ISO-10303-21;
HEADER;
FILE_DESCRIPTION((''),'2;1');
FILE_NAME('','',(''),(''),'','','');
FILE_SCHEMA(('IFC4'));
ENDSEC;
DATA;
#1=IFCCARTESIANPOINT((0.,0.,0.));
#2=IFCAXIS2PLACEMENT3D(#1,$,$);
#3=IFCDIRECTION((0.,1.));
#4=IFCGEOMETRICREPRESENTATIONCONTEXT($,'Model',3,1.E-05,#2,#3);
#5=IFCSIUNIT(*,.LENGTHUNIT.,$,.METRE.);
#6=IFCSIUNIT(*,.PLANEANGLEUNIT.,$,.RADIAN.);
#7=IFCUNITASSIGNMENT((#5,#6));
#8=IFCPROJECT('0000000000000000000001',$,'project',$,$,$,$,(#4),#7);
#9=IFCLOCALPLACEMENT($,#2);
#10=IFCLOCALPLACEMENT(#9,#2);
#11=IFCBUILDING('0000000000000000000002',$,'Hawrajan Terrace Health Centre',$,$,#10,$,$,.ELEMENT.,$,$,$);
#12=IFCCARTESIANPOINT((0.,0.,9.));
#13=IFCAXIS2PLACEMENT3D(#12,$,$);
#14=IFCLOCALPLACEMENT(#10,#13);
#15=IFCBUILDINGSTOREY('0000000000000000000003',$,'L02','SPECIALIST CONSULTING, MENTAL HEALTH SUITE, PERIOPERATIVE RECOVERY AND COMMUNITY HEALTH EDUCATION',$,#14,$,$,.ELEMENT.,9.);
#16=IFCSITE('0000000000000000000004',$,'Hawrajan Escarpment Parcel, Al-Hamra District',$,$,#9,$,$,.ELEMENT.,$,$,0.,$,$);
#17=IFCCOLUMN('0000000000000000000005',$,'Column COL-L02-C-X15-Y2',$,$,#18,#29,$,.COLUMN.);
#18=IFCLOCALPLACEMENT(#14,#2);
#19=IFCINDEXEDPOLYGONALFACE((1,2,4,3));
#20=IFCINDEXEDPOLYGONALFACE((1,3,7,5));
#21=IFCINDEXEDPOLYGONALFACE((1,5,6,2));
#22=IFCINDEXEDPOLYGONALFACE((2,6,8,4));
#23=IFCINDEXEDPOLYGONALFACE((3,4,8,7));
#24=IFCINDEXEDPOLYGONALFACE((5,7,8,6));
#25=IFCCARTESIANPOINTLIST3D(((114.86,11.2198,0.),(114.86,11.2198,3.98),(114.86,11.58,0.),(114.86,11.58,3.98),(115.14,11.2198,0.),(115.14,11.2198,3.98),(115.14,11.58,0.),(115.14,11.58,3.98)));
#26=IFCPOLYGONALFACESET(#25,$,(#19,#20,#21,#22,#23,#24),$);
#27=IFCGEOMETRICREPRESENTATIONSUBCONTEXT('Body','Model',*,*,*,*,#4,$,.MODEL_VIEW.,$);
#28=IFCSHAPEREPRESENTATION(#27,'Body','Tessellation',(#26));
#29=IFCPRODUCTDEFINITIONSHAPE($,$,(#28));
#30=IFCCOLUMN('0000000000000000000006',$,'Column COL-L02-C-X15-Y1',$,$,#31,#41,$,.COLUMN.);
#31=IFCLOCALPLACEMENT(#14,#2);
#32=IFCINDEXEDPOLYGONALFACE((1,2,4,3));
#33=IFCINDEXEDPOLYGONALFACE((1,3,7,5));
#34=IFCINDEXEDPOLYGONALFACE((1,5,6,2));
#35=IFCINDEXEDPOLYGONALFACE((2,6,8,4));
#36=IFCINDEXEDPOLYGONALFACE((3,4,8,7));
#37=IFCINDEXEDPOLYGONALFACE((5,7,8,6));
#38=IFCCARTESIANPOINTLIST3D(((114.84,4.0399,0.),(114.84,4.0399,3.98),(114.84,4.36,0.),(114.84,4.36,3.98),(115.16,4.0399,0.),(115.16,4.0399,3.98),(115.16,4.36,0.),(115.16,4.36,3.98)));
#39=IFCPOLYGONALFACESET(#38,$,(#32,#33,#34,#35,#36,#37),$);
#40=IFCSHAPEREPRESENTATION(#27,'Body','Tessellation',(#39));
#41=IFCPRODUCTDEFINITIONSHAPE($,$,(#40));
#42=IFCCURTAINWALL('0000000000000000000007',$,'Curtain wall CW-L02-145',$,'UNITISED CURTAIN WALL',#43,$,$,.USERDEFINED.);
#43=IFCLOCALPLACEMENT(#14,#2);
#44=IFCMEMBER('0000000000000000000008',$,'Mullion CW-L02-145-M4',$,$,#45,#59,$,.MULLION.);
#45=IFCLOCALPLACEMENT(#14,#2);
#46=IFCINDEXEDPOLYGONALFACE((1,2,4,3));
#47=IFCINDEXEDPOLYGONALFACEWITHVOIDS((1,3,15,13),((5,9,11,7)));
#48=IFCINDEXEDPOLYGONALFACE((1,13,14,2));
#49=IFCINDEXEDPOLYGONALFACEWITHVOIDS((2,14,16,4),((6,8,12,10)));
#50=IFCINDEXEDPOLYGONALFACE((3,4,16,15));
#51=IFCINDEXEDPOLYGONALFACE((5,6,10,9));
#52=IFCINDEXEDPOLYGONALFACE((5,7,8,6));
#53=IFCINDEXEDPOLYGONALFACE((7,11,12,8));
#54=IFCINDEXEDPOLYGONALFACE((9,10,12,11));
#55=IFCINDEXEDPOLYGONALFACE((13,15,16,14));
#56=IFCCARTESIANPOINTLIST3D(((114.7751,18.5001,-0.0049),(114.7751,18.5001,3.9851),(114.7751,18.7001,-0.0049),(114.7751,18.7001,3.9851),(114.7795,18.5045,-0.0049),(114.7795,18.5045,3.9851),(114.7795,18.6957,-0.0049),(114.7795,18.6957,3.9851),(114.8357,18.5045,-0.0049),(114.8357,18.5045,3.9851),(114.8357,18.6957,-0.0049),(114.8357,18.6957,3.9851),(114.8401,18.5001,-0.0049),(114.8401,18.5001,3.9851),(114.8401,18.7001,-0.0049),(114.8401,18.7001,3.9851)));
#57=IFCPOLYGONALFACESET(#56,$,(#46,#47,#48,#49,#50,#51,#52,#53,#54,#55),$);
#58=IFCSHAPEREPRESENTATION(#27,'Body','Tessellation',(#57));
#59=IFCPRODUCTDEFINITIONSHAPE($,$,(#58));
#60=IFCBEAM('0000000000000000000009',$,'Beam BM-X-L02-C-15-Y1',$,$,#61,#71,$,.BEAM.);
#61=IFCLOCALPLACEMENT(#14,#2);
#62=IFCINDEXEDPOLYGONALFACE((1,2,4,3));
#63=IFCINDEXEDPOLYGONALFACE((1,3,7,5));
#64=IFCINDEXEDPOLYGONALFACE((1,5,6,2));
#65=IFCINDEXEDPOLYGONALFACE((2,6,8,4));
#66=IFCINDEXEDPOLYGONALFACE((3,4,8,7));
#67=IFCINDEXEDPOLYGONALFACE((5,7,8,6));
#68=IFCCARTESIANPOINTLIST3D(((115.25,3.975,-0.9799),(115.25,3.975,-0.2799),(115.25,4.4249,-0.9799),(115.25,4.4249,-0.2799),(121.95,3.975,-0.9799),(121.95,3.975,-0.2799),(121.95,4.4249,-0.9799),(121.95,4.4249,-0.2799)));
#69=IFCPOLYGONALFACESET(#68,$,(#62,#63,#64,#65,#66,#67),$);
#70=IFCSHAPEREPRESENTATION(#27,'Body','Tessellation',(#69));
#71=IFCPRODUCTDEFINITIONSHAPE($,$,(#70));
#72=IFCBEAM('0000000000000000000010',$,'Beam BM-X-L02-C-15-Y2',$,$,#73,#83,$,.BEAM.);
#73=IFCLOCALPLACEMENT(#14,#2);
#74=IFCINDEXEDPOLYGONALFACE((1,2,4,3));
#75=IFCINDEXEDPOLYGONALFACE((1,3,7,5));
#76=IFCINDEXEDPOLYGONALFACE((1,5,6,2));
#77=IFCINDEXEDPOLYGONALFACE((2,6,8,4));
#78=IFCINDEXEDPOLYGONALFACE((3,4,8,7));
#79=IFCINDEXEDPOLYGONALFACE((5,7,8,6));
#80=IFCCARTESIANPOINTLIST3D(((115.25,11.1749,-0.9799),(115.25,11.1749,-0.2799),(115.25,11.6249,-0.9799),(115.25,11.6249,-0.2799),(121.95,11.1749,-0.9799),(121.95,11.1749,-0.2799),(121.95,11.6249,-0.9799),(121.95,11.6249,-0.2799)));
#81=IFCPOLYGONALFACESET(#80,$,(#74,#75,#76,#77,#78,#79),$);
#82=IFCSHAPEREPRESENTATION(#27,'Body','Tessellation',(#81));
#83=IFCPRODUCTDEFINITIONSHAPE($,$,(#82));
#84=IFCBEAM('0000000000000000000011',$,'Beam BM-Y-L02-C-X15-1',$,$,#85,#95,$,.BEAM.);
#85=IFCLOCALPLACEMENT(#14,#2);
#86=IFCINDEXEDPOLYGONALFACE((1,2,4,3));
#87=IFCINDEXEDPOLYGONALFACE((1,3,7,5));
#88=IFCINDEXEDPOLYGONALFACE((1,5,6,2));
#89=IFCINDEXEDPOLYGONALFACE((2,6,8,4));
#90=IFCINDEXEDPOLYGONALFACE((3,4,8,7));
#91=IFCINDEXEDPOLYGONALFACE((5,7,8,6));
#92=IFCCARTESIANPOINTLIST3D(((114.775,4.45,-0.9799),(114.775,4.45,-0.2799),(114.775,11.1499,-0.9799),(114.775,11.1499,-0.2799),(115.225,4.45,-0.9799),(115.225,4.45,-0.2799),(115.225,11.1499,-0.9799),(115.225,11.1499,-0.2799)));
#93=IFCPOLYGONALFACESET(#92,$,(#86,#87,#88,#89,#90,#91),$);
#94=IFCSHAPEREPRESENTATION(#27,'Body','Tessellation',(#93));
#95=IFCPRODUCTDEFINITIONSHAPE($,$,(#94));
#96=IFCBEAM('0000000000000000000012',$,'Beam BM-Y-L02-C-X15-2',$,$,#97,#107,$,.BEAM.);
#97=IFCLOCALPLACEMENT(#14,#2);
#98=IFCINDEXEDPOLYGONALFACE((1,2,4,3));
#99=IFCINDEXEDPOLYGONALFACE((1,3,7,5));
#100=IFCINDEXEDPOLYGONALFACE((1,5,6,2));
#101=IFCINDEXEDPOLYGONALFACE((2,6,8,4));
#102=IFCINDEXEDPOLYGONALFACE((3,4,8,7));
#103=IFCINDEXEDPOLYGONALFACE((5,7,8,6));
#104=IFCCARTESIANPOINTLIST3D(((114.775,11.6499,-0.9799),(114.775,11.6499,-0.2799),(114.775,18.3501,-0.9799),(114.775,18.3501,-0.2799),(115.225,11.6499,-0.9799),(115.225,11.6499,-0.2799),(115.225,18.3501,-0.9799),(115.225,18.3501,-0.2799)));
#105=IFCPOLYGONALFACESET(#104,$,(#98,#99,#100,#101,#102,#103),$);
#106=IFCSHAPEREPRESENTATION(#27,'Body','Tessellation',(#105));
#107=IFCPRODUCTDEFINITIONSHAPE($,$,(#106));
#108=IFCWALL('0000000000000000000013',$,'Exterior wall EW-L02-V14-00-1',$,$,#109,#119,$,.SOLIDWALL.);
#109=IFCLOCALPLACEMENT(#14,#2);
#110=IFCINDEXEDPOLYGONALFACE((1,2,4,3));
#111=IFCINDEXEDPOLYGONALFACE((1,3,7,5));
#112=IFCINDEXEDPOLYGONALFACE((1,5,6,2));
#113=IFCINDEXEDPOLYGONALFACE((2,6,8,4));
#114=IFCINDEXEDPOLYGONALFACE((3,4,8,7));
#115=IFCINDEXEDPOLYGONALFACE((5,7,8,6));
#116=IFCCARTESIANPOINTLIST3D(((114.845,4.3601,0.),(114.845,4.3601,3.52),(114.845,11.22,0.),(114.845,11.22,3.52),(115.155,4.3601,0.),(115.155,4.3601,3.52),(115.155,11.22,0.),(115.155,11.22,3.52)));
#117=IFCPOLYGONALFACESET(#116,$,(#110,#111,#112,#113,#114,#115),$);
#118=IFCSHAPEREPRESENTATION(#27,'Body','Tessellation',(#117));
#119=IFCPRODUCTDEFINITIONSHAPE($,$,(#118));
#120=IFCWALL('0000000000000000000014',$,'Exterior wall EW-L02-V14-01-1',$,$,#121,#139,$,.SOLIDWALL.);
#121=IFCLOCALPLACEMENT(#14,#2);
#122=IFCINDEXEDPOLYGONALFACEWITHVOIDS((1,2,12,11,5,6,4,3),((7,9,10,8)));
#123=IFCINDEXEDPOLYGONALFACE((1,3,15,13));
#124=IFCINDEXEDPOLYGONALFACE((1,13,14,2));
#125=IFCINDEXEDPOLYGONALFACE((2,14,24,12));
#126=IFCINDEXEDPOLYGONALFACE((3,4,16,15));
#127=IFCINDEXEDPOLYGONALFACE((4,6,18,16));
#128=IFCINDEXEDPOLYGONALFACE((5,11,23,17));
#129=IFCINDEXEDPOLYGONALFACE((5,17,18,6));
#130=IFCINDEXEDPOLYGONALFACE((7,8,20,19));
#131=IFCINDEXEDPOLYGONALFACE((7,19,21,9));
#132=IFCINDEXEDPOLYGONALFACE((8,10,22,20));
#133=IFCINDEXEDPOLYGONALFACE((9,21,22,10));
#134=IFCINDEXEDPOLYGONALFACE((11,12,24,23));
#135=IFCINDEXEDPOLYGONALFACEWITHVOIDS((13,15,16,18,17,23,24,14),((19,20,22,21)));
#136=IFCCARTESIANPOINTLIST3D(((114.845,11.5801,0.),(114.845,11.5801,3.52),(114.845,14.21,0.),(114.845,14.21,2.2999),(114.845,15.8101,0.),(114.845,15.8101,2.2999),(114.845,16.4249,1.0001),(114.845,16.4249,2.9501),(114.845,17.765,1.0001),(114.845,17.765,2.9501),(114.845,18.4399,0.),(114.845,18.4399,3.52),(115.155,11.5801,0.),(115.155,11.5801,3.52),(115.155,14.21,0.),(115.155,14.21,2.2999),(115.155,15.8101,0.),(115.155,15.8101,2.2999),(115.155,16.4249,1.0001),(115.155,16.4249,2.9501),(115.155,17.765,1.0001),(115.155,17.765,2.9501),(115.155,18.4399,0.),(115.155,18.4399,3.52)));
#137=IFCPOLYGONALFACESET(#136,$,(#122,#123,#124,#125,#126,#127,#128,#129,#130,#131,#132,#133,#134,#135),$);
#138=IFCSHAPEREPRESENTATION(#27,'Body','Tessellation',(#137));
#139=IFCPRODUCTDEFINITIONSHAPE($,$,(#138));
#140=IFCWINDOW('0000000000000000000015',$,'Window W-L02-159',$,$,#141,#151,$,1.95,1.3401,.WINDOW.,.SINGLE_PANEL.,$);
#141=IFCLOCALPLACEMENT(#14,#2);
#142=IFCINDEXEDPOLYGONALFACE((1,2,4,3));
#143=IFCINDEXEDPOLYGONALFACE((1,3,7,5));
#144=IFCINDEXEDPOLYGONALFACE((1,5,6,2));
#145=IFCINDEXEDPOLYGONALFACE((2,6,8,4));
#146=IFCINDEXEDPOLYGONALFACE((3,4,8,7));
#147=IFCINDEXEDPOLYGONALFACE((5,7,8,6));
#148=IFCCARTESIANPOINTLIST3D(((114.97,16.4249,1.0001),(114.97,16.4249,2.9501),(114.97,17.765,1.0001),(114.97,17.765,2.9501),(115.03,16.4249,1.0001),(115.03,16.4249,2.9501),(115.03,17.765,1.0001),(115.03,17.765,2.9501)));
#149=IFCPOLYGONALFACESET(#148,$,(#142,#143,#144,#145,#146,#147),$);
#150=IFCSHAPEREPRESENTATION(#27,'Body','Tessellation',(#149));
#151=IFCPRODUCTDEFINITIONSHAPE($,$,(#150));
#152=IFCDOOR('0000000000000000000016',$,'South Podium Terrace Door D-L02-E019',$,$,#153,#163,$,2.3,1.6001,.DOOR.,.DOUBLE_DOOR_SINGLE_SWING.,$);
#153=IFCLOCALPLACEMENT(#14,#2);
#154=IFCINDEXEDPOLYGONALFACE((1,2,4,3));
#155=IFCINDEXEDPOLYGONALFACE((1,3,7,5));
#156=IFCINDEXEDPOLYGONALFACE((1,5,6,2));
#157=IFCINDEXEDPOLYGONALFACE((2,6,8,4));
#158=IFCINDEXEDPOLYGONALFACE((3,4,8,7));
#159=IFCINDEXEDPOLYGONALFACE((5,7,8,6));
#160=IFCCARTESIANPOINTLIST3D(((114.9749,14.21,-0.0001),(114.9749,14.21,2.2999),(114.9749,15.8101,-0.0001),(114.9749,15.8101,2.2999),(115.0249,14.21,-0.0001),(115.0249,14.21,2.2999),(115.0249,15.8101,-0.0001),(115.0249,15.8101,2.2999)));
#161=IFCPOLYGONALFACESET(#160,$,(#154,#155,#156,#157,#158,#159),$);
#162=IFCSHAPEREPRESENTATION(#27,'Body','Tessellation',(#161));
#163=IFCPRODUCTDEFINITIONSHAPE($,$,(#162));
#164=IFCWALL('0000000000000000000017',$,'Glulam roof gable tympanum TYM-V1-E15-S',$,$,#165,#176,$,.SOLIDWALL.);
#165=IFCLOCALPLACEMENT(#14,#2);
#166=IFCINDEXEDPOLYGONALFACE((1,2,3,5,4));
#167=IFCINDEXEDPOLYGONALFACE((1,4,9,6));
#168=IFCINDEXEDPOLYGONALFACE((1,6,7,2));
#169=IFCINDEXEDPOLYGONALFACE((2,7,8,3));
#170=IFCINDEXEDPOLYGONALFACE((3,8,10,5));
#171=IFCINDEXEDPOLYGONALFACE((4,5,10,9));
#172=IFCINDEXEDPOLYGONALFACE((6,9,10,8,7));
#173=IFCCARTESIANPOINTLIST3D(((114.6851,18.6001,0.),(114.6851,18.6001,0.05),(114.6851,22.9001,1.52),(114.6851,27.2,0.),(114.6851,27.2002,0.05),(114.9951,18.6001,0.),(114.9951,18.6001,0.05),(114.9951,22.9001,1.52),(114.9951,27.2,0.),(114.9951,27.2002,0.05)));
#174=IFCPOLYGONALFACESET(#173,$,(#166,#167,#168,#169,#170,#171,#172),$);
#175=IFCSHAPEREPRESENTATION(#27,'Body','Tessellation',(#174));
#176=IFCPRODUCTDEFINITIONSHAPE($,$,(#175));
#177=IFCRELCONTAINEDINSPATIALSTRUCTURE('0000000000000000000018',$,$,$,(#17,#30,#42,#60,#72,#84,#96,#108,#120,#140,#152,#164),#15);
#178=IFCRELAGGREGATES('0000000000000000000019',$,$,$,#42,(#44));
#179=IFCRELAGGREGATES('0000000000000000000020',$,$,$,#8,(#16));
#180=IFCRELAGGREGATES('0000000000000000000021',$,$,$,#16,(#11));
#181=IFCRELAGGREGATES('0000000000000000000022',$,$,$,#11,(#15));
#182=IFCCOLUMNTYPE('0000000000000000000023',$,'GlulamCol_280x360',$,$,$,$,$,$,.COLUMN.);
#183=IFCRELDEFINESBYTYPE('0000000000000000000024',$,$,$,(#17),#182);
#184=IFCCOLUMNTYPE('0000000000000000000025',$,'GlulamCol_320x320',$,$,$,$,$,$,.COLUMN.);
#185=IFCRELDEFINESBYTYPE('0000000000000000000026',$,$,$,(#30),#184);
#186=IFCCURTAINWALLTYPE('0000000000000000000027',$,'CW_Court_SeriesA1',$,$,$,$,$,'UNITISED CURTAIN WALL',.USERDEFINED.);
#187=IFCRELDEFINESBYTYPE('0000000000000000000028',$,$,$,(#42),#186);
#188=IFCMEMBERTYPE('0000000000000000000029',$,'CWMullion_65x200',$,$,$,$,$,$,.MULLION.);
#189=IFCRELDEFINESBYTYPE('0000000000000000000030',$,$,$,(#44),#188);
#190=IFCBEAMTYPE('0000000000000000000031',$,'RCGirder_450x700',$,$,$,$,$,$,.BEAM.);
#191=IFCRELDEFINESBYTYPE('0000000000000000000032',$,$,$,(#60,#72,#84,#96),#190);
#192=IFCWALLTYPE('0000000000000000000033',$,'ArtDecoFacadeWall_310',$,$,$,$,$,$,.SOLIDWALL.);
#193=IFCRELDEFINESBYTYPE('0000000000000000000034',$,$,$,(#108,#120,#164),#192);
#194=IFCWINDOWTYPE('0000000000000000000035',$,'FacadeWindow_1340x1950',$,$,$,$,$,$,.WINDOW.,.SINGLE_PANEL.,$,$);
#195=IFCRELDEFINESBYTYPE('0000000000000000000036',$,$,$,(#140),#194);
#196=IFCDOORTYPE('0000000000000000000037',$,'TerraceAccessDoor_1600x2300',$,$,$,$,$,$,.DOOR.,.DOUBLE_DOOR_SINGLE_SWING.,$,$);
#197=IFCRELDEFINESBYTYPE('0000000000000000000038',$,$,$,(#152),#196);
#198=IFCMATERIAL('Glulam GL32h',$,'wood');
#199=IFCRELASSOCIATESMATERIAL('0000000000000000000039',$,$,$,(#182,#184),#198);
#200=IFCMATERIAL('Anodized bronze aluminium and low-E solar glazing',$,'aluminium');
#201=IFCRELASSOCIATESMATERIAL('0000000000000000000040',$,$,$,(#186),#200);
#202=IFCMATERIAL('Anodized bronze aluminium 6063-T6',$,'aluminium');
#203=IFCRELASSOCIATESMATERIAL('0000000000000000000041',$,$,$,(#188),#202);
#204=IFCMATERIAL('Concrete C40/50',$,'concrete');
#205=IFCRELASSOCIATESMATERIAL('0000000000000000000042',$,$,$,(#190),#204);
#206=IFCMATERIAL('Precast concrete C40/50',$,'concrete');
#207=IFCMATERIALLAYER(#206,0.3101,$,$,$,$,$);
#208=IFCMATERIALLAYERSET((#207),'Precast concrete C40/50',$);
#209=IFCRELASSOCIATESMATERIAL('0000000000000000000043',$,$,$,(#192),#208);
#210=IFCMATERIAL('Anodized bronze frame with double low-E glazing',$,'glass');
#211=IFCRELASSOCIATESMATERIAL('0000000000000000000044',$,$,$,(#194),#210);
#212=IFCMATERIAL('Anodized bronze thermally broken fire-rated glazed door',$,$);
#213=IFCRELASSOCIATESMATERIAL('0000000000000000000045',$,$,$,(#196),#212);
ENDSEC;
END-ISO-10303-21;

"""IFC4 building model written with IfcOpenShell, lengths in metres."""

from ifc_helpers import new_model, si_unit, direction, frame, frame_2d, origin, origin_2d, place, context, subcontext, project, spatial, polyline, rectangle, hollow_rectangle, outline, extrude, material, layer, layer_set, material_profile, profile_set, type_object, element, fill, aggregate, save


model = new_model("IFC4")

# Units and contexts
model_context = context("Model", 3, precision=1e-05, world=origin(), true_north=direction((0.0, 1.0)))
body_context = subcontext(model_context, "Body", "Model", "MODEL_VIEW")
ifc_project = project(units=[si_unit("LENGTHUNIT", "METRE"), si_unit("PLANEANGLEUNIT", "RADIAN")], contexts=[model_context])

# Site, building, storey
site_placement = place(None, origin())
site = spatial("IfcSite", under=ifc_project, at=site_placement, Name="Hawrajan Escarpment Parcel, Al-Hamra District", CompositionType="ELEMENT", RefElevation=0.0)
building_placement = place(site_placement, origin())
building = spatial("IfcBuilding", under=site, at=building_placement, Name="Hawrajan Terrace Health Centre", CompositionType="ELEMENT")
storey_placement = place(building_placement, frame((0.0, 0.0, 9.0)))
storey = spatial("IfcBuildingStorey", under=building, at=storey_placement, Name="L02", Description="SPECIALIST CONSULTING, MENTAL HEALTH SUITE, PERIOPERATIVE RECOVERY AND COMMUNITY HEALTH EDUCATION", CompositionType="ELEMENT", Elevation=9.0)

# Columns
ifc_material_1 = material(Name="Glulam GL32h", Category="wood")
ifc_material_profile_1 = material_profile(ifc_material_1, rectangle(XDim=0.28, YDim=0.3601, at=origin_2d()), Name="GL 280x360")
ifc_profile_set_1 = profile_set([ifc_material_profile_1], Name="Glulam GL32h")
column_type_1 = type_object("IfcColumnType", Name="GlulamCol_280x360", PredefinedType="COLUMN", material=ifc_profile_set_1)
column_1_placement = place(storey_placement, frame((115.0, 11.3999, 0.0), z_axis=(0.0, 0.0, 1.0), x_axis=(1.0, 0.0, 0.0)))
element("IfcColumn", 1, at=column_1_placement, inside=storey, type_object=column_type_1, Name="Column COL-L02-C-X15-Y2", PredefinedType="COLUMN", context=body_context, shape_type="SweptSolid", body=[
    extrude(rectangle(XDim=0.28, YDim=0.3601, at=origin_2d()), origin(), (0.0, 0.0, 1.0), 3.98),
])
ifc_material_profile_2 = material_profile(ifc_material_1, rectangle(XDim=0.3201, YDim=0.3201, at=origin_2d()), Name="GL 320x320")
ifc_profile_set_2 = profile_set([ifc_material_profile_2], Name="Glulam GL32h")
column_type_2 = type_object("IfcColumnType", Name="GlulamCol_320x320", PredefinedType="COLUMN", material=ifc_profile_set_2)
column_2_placement = place(storey_placement, frame((115.0, 4.2, 0.0), z_axis=(0.0, 0.0, 1.0), x_axis=(1.0, 0.0, 0.0)))
element("IfcColumn", 2, at=column_2_placement, inside=storey, type_object=column_type_2, Name="Column COL-L02-C-X15-Y1", PredefinedType="COLUMN", context=body_context, shape_type="SweptSolid", body=[
    extrude(rectangle(XDim=0.3201, YDim=0.3201, at=origin_2d()), origin(), (0.0, 0.0, 1.0), 3.98),
])

# Curtain wall, member
ifc_material_2 = material(Name="Anodized bronze aluminium and low-E solar glazing", Category="aluminium")
curtain_wall_type = type_object("IfcCurtainWallType", Name="CW_Court_SeriesA1", ElementType="UNITISED CURTAIN WALL", PredefinedType="USERDEFINED", material=ifc_material_2)
curtain_wall_placement = place(storey_placement, origin())
curtain_wall = element("IfcCurtainWall", 3, at=curtain_wall_placement, inside=storey, type_object=curtain_wall_type, Name="Curtain wall CW-L02-145", ObjectType="UNITISED CURTAIN WALL", PredefinedType="USERDEFINED")
ifc_material_3 = material(Name="Anodized bronze aluminium 6063-T6", Category="aluminium")
ifc_material_profile_3 = material_profile(ifc_material_3, hollow_rectangle(XDim=0.0649, YDim=0.2, WallThickness=0.0044, at=origin_2d()), Name="CW MUL 65x200")
ifc_profile_set_3 = profile_set([ifc_material_profile_3], Name="Anodized bronze aluminium 6063-T6")
member_type = type_object("IfcMemberType", Name="CWMullion_65x200", PredefinedType="MULLION", material=ifc_profile_set_3)
member_placement = place(storey_placement, frame((114.8076, 18.6001, -0.0049), z_axis=(0.0, 0.0, 1.0), x_axis=(1.0, 0.0, 0.0)))
member = element("IfcMember", 4, at=member_placement, type_object=member_type, Name="Mullion CW-L02-145-M4", PredefinedType="MULLION", context=body_context, shape_type="SweptSolid", body=[
    extrude(hollow_rectangle(XDim=0.0649, YDim=0.2, WallThickness=0.0044, at=origin_2d()), origin(), (0.0, 0.0, 1.0), 3.99),
])
aggregate(curtain_wall, [member])

# Beams
ifc_material_4 = material(Name="Concrete C40/50", Category="concrete")
ifc_material_profile_4 = material_profile(ifc_material_4, rectangle(XDim=0.45, YDim=0.7, at=origin_2d()), Name="RC BM 450x700")
ifc_profile_set_4 = profile_set([ifc_material_profile_4], Name="Concrete C40/50")
beam_type = type_object("IfcBeamType", Name="RCGirder_450x700", PredefinedType="BEAM", material=ifc_profile_set_4)
for number, where, z_axis, x_axis, name in (
    (5, (115.25, 4.2, -0.6299), (1.0, 0.0, 0.0), (0.0, 1.0, 0.0), "Beam BM-X-L02-C-15-Y1"),
    (6, (115.25, 11.3999, -0.6299), (1.0, 0.0, 0.0), (0.0, 1.0, 0.0), "Beam BM-X-L02-C-15-Y2"),
    (7, (115.0, 4.45, -0.6299), (0.0, 1.0, 0.0), (-1.0, 0.0, 0.0), "Beam BM-Y-L02-C-X15-1"),
):
    element("IfcBeam", number, at=place(storey_placement, frame(where, z_axis=z_axis, x_axis=x_axis)), inside=storey, type_object=beam_type, Name=name, PredefinedType="BEAM", context=body_context, shape_type="SweptSolid", body=[
        extrude(rectangle(XDim=0.45, YDim=0.7, at=origin_2d()), origin(), (0.0, 0.0, 1.0), 6.7),
    ])
beam_placement = place(storey_placement, frame((115.0, 11.6499, -0.6299), z_axis=(0.0, 1.0, 0.0), x_axis=(-1.0, 0.0, 0.0)))
element("IfcBeam", 8, at=beam_placement, inside=storey, type_object=beam_type, Name="Beam BM-Y-L02-C-X15-2", PredefinedType="BEAM", context=body_context, shape_type="SweptSolid", body=[
    extrude(rectangle(XDim=0.45, YDim=0.7, at=origin_2d()), origin(), (0.0, 0.0, 1.0), 6.7002),
])

# Wall
ifc_material_5 = material(Name="Precast concrete C40/50", Category="concrete")
ifc_layer_1 = layer(ifc_material_5, 0.3101)
ifc_layer_set_1 = layer_set([ifc_layer_1], Name="Precast concrete C40/50")
wall_type_1 = type_object("IfcWallType", Name="ArtDecoFacadeWall_310", PredefinedType="SOLIDWALL", material=ifc_layer_set_1)
wall_1_placement = place(storey_placement, frame((115.0, 4.3601, 0.0), z_axis=(0.0, 0.0, 1.0), x_axis=(0.0, 1.0, 0.0)))
element("IfcWall", 9, at=wall_1_placement, inside=storey, type_object=wall_type_1, Name="Exterior wall EW-L02-V14-00-1", PredefinedType="SOLIDWALL", context=body_context, shape_type="SweptSolid", body=[
    extrude(rectangle(XDim=6.8599, YDim=0.3101, at=frame_2d((3.4299, 0.0))), origin(), (0.0, 0.0, 1.0), 3.52),
])

# Wall, openings, window, door
wall_2_placement = place(storey_placement, frame((115.0, 11.5801, 0.0), z_axis=(0.0, 0.0, 1.0), x_axis=(0.0, 1.0, 0.0)))
wall_2 = element("IfcWall", 10, at=wall_2_placement, inside=storey, type_object=wall_type_1, Name="Exterior wall EW-L02-V14-01-1", PredefinedType="SOLIDWALL", context=body_context, shape_type="SweptSolid", body=[
    extrude(rectangle(XDim=6.8599, YDim=0.3101, at=frame_2d((3.4299, 0.0))), origin(), (0.0, 0.0, 1.0), 3.52),
])
opening_1_placement = place(wall_2_placement, frame((2.6299, 0.0, 0.0)))
opening_1 = element("IfcOpeningElement", 11, at=opening_1_placement, cuts=wall_2, PredefinedType="OPENING", context=body_context, shape_type="SweptSolid", body=[
    extrude(rectangle(XDim=1.6001, YDim=2.3, at=frame_2d((0.8, 1.1499))), frame((0.0, 0.165, 0.0), z_axis=(0.0, -1.0, 0.0), x_axis=(1.0, 0.0, 0.0)), (0.0, 0.0, 1.0), 0.3301),
])
opening_2_placement = place(wall_2_placement, frame((4.845, 0.0, 1.0)))
opening_2 = element("IfcOpeningElement", 12, at=opening_2_placement, cuts=wall_2, PredefinedType="OPENING", context=body_context, shape_type="SweptSolid", body=[
    extrude(rectangle(XDim=1.3401, YDim=1.95, at=frame_2d((0.6699, 0.9751))), frame((0.0, 0.165, 0.0), z_axis=(0.0, -1.0, 0.0), x_axis=(1.0, 0.0, 0.0)), (0.0, 0.0, 1.0), 0.3301),
])
ifc_material_6 = material(Name="Anodized bronze frame with double low-E glazing", Category="glass")
window_type = type_object("IfcWindowType", Name="FacadeWindow_1340x1950", PartitioningType="SINGLE_PANEL", PredefinedType="WINDOW", material=ifc_material_6)
window_placement = place(opening_2_placement, origin())
window = element("IfcWindow", 13, at=window_placement, inside=storey, type_object=window_type, Name="Window W-L02-159", OverallHeight=1.95, OverallWidth=1.3401, PartitioningType="SINGLE_PANEL", PredefinedType="WINDOW", context=body_context, shape_type="SweptSolid", body=[
    extrude(rectangle(XDim=1.3401, YDim=1.95, at=frame_2d((0.6699, 0.9751))), frame((0.0, 0.03, 0.0), z_axis=(0.0, -1.0, 0.0), x_axis=(1.0, 0.0, 0.0)), (0.0, 0.0, 1.0), 0.0601),
])
fill(opening_2, window)
ifc_material_7 = material(Name="Anodized bronze thermally broken fire-rated glazed door")
door_type = type_object("IfcDoorType", Name="TerraceAccessDoor_1600x2300", OperationType="DOUBLE_DOOR_SINGLE_SWING", PredefinedType="DOOR", material=ifc_material_7)
door_placement = place(opening_1_placement, frame((1.6001, 0.0, 0.0), z_axis=(0.0, 0.0, 1.0), x_axis=(-1.0, 0.0, 0.0)))
door = element("IfcDoor", 14, at=door_placement, inside=storey, type_object=door_type, Name="South Podium Terrace Door D-L02-E019", OperationType="DOUBLE_DOOR_SINGLE_SWING", OverallHeight=2.3, OverallWidth=1.6001, PredefinedType="DOOR", context=body_context, shape_type="SweptSolid", body=[
    extrude(rectangle(XDim=1.6001, YDim=2.3, at=frame_2d((0.8, 1.1499))), frame((0.0, 0.0249, 0.0), z_axis=(0.0, -1.0, 0.0), x_axis=(1.0, 0.0, 0.0)), (0.0, 0.0, 1.0), 0.05),
])
fill(opening_1, door)

# Wall
wall_3_placement = place(storey_placement, frame((114.8401, 18.6001, 0.0), z_axis=(0.0, 0.0, 1.0), x_axis=(0.0, 1.0, 0.0)))
element("IfcWall", 15, at=wall_3_placement, inside=storey, type_object=wall_type_1, Name="Glulam roof gable tympanum TYM-V1-E15-S", PredefinedType="SOLIDWALL", context=body_context, shape_type="SweptSolid", body=[
    extrude(outline(polyline([(0.0, 0.0), (8.5999, 0.0), (8.6001, 0.05), (4.3, 1.52), (0.0, 0.05), (0.0, 0.0)])), frame((0.0, 0.155, 0.0), z_axis=(0.0, -1.0, 0.0), x_axis=(1.0, 0.0, 0.0)), (0.0, 0.0, 1.0), 0.3101),
])

save(model, "model.ifc")
